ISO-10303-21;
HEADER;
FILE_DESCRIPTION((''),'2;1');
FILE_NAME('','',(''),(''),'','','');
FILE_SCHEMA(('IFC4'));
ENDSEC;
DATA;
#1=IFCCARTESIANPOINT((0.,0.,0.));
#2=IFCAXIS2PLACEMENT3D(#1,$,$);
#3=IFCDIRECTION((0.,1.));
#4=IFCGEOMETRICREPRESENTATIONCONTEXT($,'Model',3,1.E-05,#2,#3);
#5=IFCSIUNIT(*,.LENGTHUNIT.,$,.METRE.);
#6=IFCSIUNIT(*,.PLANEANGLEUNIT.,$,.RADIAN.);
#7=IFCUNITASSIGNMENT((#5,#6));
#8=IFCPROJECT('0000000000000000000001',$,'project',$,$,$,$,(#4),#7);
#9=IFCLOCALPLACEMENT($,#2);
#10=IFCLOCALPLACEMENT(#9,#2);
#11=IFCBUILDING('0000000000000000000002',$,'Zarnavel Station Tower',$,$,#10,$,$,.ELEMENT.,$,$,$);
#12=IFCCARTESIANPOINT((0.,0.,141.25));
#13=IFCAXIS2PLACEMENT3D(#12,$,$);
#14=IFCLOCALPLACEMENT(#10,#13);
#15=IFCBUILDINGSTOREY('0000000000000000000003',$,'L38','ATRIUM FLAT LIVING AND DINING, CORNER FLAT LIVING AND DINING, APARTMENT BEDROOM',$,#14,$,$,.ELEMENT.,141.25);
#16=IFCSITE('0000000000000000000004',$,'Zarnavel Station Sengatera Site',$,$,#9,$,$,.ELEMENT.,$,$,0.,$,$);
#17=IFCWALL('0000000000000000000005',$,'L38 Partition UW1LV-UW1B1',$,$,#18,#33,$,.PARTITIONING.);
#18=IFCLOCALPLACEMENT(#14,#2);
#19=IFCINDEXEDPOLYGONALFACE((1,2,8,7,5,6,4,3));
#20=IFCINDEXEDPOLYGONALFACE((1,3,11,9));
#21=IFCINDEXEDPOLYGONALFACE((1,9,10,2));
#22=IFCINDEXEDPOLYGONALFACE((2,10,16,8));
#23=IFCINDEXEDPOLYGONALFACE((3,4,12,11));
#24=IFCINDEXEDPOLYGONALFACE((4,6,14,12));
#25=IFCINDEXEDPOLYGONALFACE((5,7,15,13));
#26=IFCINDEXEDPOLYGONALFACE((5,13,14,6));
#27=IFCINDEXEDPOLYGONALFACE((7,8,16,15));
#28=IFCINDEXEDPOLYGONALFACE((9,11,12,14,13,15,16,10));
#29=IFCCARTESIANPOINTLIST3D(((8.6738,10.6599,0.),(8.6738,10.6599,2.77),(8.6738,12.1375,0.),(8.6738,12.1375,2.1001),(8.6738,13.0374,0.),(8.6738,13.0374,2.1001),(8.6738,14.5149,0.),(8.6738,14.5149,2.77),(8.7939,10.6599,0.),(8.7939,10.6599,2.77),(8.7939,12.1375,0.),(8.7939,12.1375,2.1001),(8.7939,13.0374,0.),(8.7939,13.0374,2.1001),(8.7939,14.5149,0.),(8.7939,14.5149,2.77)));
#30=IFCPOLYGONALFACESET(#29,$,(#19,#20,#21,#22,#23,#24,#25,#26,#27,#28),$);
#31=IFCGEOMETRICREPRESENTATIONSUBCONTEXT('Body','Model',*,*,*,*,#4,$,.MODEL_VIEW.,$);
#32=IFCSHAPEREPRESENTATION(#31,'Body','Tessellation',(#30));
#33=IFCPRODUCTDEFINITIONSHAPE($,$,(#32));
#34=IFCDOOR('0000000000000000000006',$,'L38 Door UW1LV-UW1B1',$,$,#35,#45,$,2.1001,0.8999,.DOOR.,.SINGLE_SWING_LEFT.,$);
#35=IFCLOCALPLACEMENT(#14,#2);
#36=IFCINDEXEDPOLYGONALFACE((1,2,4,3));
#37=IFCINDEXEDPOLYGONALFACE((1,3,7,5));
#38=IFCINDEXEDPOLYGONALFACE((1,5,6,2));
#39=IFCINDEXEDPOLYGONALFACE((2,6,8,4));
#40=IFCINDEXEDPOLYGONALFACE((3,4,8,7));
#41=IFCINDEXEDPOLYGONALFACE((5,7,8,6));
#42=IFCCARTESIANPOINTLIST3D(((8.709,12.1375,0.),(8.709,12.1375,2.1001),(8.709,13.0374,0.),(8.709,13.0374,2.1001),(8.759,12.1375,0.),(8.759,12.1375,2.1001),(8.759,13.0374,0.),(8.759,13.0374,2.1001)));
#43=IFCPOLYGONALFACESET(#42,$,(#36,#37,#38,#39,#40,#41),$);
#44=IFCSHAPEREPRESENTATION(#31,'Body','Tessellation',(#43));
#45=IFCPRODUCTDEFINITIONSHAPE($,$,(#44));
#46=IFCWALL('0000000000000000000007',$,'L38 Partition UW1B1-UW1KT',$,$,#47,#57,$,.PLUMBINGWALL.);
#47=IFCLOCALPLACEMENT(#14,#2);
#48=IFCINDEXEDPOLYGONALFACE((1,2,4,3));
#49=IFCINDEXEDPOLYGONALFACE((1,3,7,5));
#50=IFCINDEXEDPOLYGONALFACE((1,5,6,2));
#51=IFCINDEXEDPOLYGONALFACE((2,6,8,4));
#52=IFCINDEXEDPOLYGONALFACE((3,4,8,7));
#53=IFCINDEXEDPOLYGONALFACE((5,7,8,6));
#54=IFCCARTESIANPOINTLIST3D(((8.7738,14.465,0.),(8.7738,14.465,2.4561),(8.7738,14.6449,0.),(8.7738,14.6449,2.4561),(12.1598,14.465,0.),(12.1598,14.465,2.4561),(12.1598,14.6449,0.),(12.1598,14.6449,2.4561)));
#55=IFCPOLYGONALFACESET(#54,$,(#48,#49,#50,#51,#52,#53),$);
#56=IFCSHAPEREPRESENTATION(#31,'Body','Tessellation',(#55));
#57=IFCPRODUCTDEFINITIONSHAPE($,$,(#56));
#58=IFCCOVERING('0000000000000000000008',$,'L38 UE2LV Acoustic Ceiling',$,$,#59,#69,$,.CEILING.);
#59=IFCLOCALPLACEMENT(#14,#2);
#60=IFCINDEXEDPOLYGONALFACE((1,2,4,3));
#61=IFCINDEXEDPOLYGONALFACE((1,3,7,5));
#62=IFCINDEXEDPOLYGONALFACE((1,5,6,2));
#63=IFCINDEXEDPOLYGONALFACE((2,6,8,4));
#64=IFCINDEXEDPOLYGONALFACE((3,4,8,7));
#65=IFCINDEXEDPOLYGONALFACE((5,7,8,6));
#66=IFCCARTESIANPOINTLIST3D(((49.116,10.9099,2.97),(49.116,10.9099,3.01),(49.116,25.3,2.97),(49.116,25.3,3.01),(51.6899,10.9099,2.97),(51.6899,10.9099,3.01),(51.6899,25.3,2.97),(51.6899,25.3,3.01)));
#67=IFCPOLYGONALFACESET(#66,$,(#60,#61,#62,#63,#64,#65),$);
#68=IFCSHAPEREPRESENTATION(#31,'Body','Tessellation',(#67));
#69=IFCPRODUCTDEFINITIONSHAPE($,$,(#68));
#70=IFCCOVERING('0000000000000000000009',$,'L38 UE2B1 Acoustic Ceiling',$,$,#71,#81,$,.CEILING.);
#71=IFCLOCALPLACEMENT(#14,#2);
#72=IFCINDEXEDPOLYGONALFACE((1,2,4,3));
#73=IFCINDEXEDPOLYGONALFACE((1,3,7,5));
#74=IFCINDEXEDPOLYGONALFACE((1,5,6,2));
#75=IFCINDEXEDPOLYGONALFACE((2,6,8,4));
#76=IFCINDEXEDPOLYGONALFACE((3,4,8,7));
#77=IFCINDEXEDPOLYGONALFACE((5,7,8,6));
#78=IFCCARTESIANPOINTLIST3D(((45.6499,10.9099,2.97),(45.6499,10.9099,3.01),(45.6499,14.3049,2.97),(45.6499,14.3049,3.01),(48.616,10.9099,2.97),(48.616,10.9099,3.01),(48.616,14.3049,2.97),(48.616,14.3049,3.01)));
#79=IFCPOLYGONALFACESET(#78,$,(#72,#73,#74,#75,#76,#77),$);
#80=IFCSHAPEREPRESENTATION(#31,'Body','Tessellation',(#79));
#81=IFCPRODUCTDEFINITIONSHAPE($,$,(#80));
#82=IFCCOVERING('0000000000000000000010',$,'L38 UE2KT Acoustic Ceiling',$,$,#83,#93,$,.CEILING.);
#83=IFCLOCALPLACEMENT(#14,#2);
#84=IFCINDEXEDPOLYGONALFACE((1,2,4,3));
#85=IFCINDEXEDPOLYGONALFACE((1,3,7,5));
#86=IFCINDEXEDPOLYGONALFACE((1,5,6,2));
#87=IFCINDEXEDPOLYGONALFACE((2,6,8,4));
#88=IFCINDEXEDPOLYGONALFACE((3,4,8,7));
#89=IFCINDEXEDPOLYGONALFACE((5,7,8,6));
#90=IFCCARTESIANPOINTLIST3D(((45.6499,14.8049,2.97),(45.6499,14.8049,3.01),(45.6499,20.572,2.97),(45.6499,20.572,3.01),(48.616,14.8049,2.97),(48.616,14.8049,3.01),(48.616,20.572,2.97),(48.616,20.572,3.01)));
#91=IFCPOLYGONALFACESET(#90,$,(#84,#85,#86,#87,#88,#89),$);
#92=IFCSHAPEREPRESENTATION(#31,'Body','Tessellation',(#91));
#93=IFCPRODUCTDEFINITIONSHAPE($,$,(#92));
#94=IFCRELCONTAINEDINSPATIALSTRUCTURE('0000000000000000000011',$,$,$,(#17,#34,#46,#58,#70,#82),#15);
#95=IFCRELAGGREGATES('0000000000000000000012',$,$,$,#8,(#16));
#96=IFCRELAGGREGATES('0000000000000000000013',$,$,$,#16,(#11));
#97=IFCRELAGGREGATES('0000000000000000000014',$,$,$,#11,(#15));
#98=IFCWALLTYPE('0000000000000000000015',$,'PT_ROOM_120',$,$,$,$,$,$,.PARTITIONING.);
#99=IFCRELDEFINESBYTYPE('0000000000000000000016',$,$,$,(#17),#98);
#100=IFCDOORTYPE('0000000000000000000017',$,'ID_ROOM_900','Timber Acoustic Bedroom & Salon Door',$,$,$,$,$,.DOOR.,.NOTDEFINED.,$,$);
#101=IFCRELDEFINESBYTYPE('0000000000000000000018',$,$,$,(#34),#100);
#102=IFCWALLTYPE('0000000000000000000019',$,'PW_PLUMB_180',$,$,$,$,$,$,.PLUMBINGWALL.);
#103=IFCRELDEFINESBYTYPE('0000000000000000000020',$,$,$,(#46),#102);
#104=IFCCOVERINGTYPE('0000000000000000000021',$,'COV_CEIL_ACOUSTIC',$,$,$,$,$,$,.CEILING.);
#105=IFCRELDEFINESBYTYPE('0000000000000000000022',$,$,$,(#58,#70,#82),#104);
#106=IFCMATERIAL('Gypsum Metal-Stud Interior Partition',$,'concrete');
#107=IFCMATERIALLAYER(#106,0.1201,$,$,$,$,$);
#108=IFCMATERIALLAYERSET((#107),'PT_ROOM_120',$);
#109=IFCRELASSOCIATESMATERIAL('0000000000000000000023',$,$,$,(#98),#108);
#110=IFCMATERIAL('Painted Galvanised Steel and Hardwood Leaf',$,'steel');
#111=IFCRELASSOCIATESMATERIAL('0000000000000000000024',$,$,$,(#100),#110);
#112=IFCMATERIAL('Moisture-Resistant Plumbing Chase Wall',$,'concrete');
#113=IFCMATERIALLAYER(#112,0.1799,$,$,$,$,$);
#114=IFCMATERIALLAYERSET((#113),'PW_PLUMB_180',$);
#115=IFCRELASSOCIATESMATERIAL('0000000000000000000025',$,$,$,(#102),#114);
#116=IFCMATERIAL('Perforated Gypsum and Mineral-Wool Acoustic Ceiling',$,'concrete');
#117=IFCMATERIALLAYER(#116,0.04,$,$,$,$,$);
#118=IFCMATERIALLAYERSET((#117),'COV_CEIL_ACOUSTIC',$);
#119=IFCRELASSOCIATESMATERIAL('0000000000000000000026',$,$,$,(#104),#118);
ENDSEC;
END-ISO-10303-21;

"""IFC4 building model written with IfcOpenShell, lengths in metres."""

from ifc_helpers import new_model, si_unit, direction, frame, frame_2d, origin, place, context, subcontext, project, spatial, polyline, rectangle, outline, extrude, material, layer, layer_set, type_object, element, fill, save


model = new_model("IFC4")

# Units and contexts
model_context = context("Model", 3, precision=1e-05, world=origin(), true_north=direction((0.0, 1.0)))
body_context = subcontext(model_context, "Body", "Model", "MODEL_VIEW")
ifc_project = project(units=[si_unit("LENGTHUNIT", "METRE"), si_unit("PLANEANGLEUNIT", "RADIAN")], contexts=[model_context])

# Site, building, storey
site_placement = place(None, origin())
site = spatial("IfcSite", under=ifc_project, at=site_placement, Name="Zarnavel Station Sengatera Site", CompositionType="ELEMENT", RefElevation=0.0)
building_placement = place(site_placement, origin())
building = spatial("IfcBuilding", under=site, at=building_placement, Name="Zarnavel Station Tower", CompositionType="ELEMENT")
storey_placement = place(building_placement, frame((0.0, 0.0, 141.25)))
storey = spatial("IfcBuildingStorey", under=building, at=storey_placement, Name="L38", Description="ATRIUM FLAT LIVING AND DINING, CORNER FLAT LIVING AND DINING, APARTMENT BEDROOM", CompositionType="ELEMENT", Elevation=141.25)

# Wall, opening, door
ifc_material_1 = material(Name="Gypsum Metal-Stud Interior Partition", Category="concrete")
ifc_layer_1 = layer(ifc_material_1, 0.1201)
ifc_layer_set_1 = layer_set([ifc_layer_1], Name="PT_ROOM_120")
wall_type_1 = type_object("IfcWallType", Name="PT_ROOM_120", PredefinedType="PARTITIONING", material=ifc_layer_set_1)
wall_1_placement = place(storey_placement, frame((8.7339, 10.6599, 0.0), z_axis=(0.0, 0.0, 1.0), x_axis=(0.0, 1.0, 0.0)))
wall_1 = element("IfcWall", 1, at=wall_1_placement, inside=storey, type_object=wall_type_1, Name="L38 Partition UW1LV-UW1B1", PredefinedType="PARTITIONING", context=body_context, shape_type="SweptSolid", body=[
    extrude(rectangle(XDim=3.855, YDim=0.1201, at=frame_2d((1.9275, 0.0))), origin(), (0.0, 0.0, 1.0), 2.77),
])
opening_1_placement = place(wall_1_placement, frame((1.4775, 0.0, 0.0)))
opening_1 = element("IfcOpeningElement", 2, at=opening_1_placement, cuts=wall_1, PredefinedType="OPENING", context=body_context, shape_type="SweptSolid", body=[
    extrude(rectangle(XDim=0.8999, YDim=2.1001, at=frame_2d((0.45, 1.05))), frame((0.0, 0.0701, 0.0), z_axis=(0.0, -1.0, 0.0), x_axis=(1.0, 0.0, 0.0)), (0.0, 0.0, 1.0), 0.1401),
])
ifc_material_2 = material(Name="Painted Galvanised Steel and Hardwood Leaf", Category="steel")
door_type_1 = type_object("IfcDoorType", Name="ID_ROOM_900", Description="Timber Acoustic Bedroom & Salon Door", OperationType="NOTDEFINED", PredefinedType="DOOR", material=ifc_material_2)
door_1_placement = place(opening_1_placement, origin())
door_1 = element("IfcDoor", 3, at=door_1_placement, inside=storey, type_object=door_type_1, Name="L38 Door UW1LV-UW1B1", OperationType="SINGLE_SWING_LEFT", OverallHeight=2.1001, OverallWidth=0.8999, PredefinedType="DOOR", context=body_context, shape_type="SweptSolid", body=[
    extrude(rectangle(XDim=0.8999, YDim=2.1001, at=frame_2d((0.45, 1.05))), frame((0.0, 0.0249, 0.0), z_axis=(0.0, -1.0, 0.0), x_axis=(1.0, 0.0, 0.0)), (0.0, 0.0, 1.0), 0.05),
])
fill(opening_1, door_1)
ifc_material_3 = material(Name="Moisture-Resistant Plumbing Chase Wall", Category="concrete")
ifc_layer_2 = layer(ifc_material_3, 0.1799)
ifc_layer_set_2 = layer_set([ifc_layer_2], Name="PW_PLUMB_180")
wall_type_2 = type_object("IfcWallType", Name="PW_PLUMB_180", PredefinedType="PLUMBINGWALL", material=ifc_layer_set_2)

# Wall
wall_2_placement = place(storey_placement, frame((8.7739, 14.5549, 0.0), z_axis=(0.0, 0.0, 1.0), x_axis=(1.0, 0.0, 0.0)))
element("IfcWall", 4, at=wall_2_placement, inside=storey, type_object=wall_type_2, Name="L38 Partition UW1B1-UW1KT", PredefinedType="PLUMBINGWALL", context=body_context, shape_type="SweptSolid", body=[
    extrude(rectangle(XDim=3.386, YDim=0.1799, at=frame_2d((1.6929, 0.0))), origin(), (0.0, 0.0, 1.0), 2.4561),
])

# Coverings
ifc_material_4 = material(Name="Perforated Gypsum and Mineral-Wool Acoustic Ceiling", Category="concrete")
ifc_layer_3 = layer(ifc_material_4, 0.04)
ifc_layer_set_3 = layer_set([ifc_layer_3], Name="COV_CEIL_ACOUSTIC")
covering_type = type_object("IfcCoveringType", Name="COV_CEIL_ACOUSTIC", PredefinedType="CEILING", material=ifc_layer_set_3)
covering_1_placement = place(storey_placement, frame((0.0, 0.0, 2.97)))
element("IfcCovering", 5, at=covering_1_placement, inside=storey, type_object=covering_type, Name="L38 UE2LV Acoustic Ceiling", PredefinedType="CEILING", context=body_context, shape_type="SweptSolid", body=[
    extrude(outline(polyline([(49.116, 10.9099), (51.6899, 10.9099), (51.6899, 25.3), (49.116, 25.3), (49.116, 10.9099)])), origin(), (0.0, 0.0, 1.0), 0.04),
])
covering_2_placement = place(storey_placement, frame((0.0, 0.0, 2.97)))
element("IfcCovering", 6, at=covering_2_placement, inside=storey, type_object=covering_type, Name="L38 UE2B1 Acoustic Ceiling", PredefinedType="CEILING", context=body_context, shape_type="SweptSolid", body=[
    extrude(outline(polyline([(45.6499, 10.9099), (48.616, 10.9099), (48.616, 14.3049), (45.6499, 14.3049), (45.6499, 10.9099)])), origin(), (0.0, 0.0, 1.0), 0.04),
])
covering_3_placement = place(storey_placement, frame((0.0, 0.0, 2.97)))
element("IfcCovering", 7, at=covering_3_placement, inside=storey, type_object=covering_type, Name="L38 UE2KT Acoustic Ceiling", PredefinedType="CEILING", context=body_context, shape_type="SweptSolid", body=[
    extrude(outline(polyline([(45.6499, 14.8049), (48.616, 14.8049), (48.616, 20.572), (45.6499, 20.572), (45.6499, 14.8049)])), origin(), (0.0, 0.0, 1.0), 0.04),
])

save(model, "model.ifc")
